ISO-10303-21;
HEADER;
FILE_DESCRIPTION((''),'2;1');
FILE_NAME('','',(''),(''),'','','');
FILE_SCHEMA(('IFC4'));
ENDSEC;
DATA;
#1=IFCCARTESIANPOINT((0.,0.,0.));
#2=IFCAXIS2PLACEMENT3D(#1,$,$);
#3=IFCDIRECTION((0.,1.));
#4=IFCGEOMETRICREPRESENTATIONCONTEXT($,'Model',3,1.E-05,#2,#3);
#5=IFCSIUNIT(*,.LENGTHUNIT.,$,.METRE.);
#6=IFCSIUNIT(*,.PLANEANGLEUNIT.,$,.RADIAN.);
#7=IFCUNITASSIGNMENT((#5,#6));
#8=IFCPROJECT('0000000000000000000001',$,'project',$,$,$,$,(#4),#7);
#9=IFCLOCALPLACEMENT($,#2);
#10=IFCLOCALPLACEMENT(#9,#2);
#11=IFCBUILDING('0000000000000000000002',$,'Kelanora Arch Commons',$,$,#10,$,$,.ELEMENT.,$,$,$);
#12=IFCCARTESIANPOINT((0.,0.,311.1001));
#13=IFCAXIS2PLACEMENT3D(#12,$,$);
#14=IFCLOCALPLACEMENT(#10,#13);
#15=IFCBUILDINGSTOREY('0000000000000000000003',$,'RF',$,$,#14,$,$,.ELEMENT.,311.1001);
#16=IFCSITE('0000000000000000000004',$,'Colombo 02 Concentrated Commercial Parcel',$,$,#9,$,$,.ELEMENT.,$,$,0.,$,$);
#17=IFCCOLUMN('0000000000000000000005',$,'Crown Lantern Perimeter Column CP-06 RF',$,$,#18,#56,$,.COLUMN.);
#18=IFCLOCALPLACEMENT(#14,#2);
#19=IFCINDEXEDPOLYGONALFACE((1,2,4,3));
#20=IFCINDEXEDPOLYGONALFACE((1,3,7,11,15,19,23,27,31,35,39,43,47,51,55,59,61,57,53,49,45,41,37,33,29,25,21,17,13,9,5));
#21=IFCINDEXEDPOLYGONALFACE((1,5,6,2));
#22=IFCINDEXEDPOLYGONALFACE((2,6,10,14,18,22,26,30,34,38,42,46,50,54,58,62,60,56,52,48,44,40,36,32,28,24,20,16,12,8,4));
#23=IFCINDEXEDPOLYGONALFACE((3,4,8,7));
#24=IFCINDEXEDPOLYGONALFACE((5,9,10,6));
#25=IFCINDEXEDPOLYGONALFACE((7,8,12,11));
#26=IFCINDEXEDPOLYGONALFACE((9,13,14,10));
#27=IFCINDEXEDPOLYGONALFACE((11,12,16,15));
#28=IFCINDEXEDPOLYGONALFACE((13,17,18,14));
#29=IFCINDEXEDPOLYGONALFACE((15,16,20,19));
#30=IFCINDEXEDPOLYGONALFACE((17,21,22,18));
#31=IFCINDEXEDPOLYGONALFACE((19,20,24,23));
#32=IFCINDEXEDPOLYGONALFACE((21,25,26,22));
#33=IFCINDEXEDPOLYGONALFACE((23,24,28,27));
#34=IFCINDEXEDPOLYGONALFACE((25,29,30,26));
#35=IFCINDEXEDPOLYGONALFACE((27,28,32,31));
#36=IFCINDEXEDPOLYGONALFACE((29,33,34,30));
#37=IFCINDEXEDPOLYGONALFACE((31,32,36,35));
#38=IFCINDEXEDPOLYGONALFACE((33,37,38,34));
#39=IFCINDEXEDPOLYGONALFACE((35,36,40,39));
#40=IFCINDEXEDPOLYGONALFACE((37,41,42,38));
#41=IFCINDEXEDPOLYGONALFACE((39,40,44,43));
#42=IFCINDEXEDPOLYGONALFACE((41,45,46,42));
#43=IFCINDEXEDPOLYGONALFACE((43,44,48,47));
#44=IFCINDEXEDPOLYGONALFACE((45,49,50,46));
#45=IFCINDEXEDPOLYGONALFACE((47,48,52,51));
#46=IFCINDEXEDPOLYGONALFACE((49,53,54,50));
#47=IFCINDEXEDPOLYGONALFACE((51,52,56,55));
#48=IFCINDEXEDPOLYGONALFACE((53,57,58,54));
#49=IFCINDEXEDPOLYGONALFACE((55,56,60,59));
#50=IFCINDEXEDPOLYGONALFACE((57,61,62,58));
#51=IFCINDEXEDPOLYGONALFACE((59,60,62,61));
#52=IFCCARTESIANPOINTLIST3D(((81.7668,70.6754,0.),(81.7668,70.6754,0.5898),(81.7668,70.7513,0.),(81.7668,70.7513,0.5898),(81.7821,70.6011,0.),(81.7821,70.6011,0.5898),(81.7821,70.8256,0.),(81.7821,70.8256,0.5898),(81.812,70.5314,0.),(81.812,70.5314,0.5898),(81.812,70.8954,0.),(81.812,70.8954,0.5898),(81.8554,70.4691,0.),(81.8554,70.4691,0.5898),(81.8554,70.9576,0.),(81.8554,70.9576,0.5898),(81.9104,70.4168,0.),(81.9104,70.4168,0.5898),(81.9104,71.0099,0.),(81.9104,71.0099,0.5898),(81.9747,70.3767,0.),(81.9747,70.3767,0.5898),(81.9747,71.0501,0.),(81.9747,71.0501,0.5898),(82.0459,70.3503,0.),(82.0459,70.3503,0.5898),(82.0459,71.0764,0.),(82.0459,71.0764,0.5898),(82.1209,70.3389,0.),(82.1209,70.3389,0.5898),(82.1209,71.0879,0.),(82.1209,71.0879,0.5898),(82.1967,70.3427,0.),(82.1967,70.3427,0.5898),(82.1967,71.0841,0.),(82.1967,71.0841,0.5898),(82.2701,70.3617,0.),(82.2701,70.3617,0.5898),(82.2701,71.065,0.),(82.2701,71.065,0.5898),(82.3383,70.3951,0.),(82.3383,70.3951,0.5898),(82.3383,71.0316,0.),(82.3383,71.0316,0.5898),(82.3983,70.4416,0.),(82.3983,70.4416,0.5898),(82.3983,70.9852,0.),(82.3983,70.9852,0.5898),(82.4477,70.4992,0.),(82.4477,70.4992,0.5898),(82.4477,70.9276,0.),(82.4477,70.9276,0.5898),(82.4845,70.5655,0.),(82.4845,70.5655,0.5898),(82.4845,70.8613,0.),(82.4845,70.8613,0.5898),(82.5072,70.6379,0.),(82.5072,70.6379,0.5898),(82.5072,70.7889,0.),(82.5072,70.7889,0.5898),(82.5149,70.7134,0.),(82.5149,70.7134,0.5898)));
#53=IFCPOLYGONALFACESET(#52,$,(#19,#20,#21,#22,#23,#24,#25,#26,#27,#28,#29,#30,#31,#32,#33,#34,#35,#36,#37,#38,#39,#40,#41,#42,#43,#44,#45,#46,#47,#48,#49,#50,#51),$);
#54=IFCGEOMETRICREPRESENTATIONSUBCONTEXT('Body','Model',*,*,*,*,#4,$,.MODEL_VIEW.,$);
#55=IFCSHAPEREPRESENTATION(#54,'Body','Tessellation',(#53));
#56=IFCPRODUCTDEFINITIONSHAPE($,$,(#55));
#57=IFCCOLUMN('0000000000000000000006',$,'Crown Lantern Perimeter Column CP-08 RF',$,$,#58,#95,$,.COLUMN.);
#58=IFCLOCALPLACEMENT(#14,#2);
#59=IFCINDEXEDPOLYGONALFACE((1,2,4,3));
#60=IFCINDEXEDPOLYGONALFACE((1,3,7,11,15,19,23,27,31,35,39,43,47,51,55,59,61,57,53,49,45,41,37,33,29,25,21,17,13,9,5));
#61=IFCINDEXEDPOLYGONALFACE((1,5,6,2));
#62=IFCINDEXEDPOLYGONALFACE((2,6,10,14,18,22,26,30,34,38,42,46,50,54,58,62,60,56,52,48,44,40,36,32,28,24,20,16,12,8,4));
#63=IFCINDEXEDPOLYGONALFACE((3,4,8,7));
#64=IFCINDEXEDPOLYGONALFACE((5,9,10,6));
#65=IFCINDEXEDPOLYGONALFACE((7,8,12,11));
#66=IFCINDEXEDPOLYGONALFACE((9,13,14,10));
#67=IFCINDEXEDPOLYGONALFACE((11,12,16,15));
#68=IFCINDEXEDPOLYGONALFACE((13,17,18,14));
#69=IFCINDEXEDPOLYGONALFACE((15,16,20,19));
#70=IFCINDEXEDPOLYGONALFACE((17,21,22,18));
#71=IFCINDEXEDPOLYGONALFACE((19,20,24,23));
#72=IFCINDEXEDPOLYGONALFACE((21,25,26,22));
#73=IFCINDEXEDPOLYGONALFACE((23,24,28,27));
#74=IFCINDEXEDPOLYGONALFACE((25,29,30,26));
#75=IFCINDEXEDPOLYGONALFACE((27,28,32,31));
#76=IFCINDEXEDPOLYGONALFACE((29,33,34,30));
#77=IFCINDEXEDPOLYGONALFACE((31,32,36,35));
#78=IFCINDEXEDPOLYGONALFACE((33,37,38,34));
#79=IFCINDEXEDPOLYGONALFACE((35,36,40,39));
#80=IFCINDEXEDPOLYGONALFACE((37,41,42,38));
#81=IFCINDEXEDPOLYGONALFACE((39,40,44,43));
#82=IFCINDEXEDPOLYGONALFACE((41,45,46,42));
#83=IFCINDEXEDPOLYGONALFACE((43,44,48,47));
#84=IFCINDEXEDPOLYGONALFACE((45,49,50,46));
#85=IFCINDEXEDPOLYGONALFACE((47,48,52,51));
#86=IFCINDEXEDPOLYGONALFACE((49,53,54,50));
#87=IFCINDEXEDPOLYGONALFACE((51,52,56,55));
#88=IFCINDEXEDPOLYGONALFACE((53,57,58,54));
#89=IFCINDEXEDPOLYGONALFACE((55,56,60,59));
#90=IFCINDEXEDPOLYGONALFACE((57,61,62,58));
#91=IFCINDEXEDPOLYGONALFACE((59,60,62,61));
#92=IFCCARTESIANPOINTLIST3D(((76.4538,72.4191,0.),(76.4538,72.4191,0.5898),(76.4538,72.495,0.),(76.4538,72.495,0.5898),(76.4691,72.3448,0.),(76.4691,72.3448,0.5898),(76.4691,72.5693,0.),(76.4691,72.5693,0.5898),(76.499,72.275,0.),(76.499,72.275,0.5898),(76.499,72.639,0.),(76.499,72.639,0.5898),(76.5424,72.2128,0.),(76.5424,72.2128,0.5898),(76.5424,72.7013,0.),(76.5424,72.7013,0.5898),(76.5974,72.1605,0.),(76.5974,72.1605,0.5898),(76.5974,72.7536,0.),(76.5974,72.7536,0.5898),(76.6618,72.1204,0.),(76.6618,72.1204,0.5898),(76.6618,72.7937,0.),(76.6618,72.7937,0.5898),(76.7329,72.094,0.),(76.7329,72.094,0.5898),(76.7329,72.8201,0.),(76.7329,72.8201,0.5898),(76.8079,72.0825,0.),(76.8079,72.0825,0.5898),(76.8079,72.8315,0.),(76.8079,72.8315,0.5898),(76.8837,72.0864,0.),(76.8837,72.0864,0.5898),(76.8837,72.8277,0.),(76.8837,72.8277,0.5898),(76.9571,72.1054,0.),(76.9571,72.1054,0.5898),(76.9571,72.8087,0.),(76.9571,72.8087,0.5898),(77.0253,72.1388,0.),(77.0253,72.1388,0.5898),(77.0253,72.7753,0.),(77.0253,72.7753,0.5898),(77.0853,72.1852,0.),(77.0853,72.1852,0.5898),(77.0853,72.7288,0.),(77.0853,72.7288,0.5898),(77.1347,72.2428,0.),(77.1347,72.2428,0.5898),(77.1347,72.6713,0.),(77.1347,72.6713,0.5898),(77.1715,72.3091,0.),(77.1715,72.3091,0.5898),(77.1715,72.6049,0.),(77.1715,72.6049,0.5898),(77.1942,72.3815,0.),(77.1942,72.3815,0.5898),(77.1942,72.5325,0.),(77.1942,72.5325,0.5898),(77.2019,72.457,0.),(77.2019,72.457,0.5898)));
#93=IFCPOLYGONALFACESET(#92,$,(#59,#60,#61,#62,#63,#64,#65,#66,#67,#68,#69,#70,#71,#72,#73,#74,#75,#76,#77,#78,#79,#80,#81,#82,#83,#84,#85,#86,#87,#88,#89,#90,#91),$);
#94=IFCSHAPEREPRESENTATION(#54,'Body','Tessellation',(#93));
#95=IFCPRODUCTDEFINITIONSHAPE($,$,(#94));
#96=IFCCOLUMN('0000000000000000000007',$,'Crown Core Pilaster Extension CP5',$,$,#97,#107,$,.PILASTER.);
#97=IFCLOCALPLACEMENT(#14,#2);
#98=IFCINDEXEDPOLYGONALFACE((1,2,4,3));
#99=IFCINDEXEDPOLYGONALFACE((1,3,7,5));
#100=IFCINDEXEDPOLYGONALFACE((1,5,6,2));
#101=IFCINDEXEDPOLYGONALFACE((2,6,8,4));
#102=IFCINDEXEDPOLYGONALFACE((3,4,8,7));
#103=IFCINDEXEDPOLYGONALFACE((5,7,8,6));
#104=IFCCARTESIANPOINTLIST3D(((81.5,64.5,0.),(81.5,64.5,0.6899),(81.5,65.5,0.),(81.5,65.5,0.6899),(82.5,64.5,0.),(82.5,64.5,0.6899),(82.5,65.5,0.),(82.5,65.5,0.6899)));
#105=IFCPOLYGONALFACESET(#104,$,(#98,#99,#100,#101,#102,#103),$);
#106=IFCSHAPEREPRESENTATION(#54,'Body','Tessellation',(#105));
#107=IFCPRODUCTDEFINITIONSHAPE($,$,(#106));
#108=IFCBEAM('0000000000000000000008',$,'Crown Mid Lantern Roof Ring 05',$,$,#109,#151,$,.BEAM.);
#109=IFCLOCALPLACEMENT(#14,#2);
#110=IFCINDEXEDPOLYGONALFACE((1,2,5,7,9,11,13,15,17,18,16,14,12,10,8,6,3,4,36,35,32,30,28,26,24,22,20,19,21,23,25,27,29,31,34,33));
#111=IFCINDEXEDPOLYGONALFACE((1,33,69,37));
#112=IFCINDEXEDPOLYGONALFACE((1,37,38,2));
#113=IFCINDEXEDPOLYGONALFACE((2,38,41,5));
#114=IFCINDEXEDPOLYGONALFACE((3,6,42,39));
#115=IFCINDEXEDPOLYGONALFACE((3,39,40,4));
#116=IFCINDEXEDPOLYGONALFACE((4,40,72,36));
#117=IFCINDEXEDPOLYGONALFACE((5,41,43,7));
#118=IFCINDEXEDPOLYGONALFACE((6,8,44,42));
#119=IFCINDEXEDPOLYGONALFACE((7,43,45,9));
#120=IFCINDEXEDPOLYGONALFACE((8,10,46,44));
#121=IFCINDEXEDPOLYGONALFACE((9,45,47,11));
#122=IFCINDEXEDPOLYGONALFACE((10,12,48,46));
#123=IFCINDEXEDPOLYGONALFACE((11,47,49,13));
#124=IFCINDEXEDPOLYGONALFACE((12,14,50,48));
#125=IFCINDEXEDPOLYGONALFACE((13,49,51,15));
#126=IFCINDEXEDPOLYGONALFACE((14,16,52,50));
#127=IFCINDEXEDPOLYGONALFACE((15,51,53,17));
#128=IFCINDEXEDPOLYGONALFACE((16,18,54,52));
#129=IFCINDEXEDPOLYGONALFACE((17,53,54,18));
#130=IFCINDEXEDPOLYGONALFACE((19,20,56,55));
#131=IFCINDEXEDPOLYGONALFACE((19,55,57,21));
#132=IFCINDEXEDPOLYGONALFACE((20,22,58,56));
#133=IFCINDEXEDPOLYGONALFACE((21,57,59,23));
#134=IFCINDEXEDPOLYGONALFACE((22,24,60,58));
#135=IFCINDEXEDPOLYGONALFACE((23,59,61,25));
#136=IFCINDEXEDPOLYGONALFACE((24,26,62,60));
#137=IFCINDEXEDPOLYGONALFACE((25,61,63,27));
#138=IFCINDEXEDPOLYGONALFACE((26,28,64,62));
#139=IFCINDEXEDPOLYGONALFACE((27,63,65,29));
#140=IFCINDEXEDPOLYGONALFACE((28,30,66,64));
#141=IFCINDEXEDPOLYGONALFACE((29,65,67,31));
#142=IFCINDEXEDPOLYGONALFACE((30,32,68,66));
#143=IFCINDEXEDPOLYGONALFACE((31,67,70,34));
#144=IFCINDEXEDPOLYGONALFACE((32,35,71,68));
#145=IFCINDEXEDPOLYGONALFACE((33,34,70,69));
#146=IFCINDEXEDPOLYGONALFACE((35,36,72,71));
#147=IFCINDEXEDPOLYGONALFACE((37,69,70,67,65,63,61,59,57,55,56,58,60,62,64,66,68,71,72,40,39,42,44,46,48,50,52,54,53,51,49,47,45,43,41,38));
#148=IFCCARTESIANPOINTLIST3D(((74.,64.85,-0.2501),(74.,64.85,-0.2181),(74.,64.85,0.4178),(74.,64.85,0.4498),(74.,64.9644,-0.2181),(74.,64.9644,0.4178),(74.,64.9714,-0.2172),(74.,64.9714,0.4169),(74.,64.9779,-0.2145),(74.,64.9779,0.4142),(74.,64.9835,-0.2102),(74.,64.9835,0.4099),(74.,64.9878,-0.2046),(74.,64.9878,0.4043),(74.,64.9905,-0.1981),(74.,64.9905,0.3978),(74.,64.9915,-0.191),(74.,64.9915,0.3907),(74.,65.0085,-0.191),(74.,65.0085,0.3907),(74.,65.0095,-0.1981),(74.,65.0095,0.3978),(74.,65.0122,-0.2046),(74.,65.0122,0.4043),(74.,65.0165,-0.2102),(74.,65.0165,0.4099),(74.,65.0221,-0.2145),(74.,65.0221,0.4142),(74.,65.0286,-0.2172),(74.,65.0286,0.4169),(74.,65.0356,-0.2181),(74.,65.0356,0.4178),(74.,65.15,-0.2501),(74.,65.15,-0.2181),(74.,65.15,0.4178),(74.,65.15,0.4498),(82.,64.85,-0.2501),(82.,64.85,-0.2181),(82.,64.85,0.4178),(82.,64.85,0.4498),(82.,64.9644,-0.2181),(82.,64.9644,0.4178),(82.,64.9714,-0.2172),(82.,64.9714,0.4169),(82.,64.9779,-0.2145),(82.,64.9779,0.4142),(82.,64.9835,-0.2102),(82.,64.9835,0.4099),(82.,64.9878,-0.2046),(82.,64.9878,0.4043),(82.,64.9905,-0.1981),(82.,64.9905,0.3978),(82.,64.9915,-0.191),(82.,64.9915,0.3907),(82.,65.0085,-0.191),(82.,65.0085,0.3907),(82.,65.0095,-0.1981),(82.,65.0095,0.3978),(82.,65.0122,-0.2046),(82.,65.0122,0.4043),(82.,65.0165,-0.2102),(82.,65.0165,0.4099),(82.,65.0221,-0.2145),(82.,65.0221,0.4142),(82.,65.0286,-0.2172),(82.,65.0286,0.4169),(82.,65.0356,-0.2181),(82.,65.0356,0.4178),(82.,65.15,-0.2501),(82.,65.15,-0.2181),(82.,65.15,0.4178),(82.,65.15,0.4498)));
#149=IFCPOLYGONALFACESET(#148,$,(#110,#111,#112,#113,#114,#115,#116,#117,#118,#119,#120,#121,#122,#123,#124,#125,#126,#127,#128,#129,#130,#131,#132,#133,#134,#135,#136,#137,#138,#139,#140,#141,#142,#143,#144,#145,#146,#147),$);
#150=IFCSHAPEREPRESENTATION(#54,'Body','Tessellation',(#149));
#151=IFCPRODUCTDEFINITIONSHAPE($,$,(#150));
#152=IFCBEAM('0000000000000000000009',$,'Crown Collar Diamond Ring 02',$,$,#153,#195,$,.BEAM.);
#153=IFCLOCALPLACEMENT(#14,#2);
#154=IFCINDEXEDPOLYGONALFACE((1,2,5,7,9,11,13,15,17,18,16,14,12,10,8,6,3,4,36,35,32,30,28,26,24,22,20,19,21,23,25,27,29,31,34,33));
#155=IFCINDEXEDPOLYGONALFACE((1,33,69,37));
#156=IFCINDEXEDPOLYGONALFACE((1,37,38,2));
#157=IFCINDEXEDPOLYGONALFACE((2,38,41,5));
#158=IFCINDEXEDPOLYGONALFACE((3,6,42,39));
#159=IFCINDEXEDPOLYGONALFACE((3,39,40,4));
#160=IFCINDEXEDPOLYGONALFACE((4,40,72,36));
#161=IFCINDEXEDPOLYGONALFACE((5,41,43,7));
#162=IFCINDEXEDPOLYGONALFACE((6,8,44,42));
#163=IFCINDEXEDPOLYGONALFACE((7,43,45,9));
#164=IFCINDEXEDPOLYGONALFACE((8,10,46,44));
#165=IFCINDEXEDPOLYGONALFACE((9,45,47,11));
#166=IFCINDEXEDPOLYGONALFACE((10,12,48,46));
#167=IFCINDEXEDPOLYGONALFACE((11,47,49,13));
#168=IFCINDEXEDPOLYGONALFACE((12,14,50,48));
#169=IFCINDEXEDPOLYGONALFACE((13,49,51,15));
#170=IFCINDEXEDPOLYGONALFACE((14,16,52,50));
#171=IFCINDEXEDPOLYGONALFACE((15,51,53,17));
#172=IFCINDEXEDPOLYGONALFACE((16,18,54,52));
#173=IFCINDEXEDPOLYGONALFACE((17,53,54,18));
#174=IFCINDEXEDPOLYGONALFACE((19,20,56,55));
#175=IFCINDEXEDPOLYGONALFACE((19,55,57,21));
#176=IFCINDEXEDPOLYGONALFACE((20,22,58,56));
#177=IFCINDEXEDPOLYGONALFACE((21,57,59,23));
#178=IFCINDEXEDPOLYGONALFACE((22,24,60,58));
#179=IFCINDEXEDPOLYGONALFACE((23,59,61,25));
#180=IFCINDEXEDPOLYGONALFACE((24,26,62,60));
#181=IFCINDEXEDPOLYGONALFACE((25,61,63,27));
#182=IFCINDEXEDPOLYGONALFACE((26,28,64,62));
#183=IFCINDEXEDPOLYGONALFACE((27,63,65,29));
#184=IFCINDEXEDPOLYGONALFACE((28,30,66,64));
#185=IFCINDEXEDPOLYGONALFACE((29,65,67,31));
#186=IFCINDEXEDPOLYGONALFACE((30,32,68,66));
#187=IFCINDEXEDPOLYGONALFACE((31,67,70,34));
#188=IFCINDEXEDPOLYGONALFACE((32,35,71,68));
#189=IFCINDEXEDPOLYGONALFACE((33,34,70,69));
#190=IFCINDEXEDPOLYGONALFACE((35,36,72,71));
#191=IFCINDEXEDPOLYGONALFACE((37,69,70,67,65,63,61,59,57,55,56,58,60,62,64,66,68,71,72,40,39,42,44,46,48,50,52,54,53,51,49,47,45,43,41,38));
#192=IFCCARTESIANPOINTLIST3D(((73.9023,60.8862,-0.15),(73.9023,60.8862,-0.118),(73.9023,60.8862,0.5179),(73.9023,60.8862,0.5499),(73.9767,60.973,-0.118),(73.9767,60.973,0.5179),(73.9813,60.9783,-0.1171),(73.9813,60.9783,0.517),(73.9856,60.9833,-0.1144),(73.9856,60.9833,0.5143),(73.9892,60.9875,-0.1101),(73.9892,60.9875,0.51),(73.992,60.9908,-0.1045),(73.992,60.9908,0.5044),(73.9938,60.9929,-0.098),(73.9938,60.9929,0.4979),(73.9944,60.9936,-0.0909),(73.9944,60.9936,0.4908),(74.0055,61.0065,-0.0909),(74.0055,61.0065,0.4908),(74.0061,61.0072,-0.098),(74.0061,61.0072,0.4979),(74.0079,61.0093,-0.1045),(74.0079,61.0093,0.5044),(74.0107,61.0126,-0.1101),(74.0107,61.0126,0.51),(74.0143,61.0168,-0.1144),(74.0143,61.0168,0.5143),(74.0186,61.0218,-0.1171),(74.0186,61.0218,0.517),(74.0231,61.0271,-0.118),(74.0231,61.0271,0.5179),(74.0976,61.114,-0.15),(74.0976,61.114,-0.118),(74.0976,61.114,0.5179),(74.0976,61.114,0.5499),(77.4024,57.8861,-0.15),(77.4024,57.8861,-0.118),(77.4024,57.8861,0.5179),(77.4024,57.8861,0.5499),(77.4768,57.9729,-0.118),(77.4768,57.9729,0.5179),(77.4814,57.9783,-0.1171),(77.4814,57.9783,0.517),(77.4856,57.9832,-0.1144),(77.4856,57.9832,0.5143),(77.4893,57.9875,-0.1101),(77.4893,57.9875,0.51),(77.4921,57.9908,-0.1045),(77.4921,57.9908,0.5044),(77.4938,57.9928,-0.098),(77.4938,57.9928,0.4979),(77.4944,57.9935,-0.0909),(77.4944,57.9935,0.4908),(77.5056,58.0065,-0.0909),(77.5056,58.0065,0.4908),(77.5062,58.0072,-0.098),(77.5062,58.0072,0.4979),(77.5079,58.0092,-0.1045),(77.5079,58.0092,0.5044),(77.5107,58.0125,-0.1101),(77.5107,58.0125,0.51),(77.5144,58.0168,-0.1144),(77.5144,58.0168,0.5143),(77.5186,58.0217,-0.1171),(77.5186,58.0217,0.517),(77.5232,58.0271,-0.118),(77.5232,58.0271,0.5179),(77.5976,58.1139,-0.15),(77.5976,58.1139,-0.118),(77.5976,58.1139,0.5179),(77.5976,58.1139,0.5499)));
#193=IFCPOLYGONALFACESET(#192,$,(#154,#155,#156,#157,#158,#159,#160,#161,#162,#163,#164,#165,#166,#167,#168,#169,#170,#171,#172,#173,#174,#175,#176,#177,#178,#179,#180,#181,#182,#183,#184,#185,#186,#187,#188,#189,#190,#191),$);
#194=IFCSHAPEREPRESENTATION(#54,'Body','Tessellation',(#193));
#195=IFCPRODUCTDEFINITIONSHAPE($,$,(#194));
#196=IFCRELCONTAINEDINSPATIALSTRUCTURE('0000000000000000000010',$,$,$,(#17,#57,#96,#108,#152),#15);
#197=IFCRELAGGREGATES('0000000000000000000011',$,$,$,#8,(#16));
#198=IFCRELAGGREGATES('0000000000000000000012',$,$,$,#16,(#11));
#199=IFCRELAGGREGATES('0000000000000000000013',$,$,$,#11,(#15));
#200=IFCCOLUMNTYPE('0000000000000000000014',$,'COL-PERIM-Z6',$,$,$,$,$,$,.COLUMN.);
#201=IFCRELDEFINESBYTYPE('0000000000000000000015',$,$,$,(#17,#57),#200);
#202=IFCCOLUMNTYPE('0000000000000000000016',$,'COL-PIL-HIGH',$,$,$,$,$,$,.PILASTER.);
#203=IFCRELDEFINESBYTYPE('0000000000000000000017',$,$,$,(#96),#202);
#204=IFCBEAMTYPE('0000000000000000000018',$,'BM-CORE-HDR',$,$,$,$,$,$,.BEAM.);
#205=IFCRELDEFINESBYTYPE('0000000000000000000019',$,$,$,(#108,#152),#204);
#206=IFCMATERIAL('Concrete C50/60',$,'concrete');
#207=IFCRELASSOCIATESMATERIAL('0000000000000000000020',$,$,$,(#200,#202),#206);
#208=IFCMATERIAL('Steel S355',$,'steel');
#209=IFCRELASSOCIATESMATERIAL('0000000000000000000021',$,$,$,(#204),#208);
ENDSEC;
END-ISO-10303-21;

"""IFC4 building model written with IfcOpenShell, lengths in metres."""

from ifc_helpers import new_model, si_unit, direction, frame, origin, origin_2d, place, context, subcontext, project, spatial, rectangle, circle, i_section, extrude, material, material_profile, profile_set, type_object, element, save


model = new_model("IFC4")

# Units and contexts
model_context = context("Model", 3, precision=1e-05, world=origin(), true_north=direction((0.0, 1.0)))
body_context = subcontext(model_context, "Body", "Model", "MODEL_VIEW")
ifc_project = project(units=[si_unit("LENGTHUNIT", "METRE"), si_unit("PLANEANGLEUNIT", "RADIAN")], contexts=[model_context])

# Site, building, storey
site_placement = place(None, origin())
site = spatial("IfcSite", under=ifc_project, at=site_placement, Name="Colombo 02 Concentrated Commercial Parcel", CompositionType="ELEMENT", RefElevation=0.0)
building_placement = place(site_placement, origin())
building = spatial("IfcBuilding", under=site, at=building_placement, Name="Kelanora Arch Commons", CompositionType="ELEMENT")
storey_placement = place(building_placement, frame((0.0, 0.0, 311.1001)))
storey = spatial("IfcBuildingStorey", under=building, at=storey_placement, Name="RF", CompositionType="ELEMENT", Elevation=311.1001)

# Columns
ifc_material_1 = material(Name="Concrete C50/60", Category="concrete")
ifc_material_profile_1 = material_profile(ifc_material_1, circle(Radius=0.375, at=origin_2d()), Name="RCC750")
ifc_profile_set_1 = profile_set([ifc_material_profile_1], Name="Concrete C50/60")
column_type_1 = type_object("IfcColumnType", Name="COL-PERIM-Z6", PredefinedType="COLUMN", material=ifc_profile_set_1)
for number, where, z_axis, x_axis, name in (
    (1, (82.1399, 70.7134, 0.0), (0.0, 0.0, 1.0), (1.0, 0.0, 0.0), "Crown Lantern Perimeter Column CP-06 RF"),
    (2, (76.8269, 72.457, 0.0), (0.0, 0.0, 1.0), (1.0, 0.0, 0.0), "Crown Lantern Perimeter Column CP-08 RF"),
):
    element("IfcColumn", number, at=place(storey_placement, frame(where, z_axis=z_axis, x_axis=x_axis)), inside=storey, type_object=column_type_1, Name=name, PredefinedType="COLUMN", context=body_context, shape_type="SweptSolid", body=[
        extrude(circle(Radius=0.375, at=origin_2d()), origin(), (0.0, 0.0, 1.0), 0.5898),
    ])
ifc_material_profile_2 = material_profile(ifc_material_1, rectangle(XDim=1.0, YDim=1.0, at=origin_2d()), Name="RC1000x1000")
ifc_profile_set_2 = profile_set([ifc_material_profile_2], Name="Concrete C50/60")
column_type_2 = type_object("IfcColumnType", Name="COL-PIL-HIGH", PredefinedType="PILASTER", material=ifc_profile_set_2)
column_placement = place(storey_placement, frame((82.0, 65.0, 0.0), z_axis=(0.0, 0.0, 1.0), x_axis=(1.0, 0.0, 0.0)))
element("IfcColumn", 3, at=column_placement, inside=storey, type_object=column_type_2, Name="Crown Core Pilaster Extension CP5", PredefinedType="PILASTER", context=body_context, shape_type="SweptSolid", body=[
    extrude(rectangle(XDim=1.0, YDim=1.0, at=origin_2d()), origin(), (0.0, 0.0, 1.0), 0.6899),
])

# Beams
ifc_material_2 = material(Name="Steel S355", Category="steel")
ifc_material_profile_3 = material_profile(ifc_material_2, i_section(OverallWidth=0.3, OverallDepth=0.7, WebThickness=0.0171, FlangeThickness=0.032, FilletRadius=0.0271, at=origin_2d()), Name="HEB700")
ifc_profile_set_3 = profile_set([ifc_material_profile_3], Name="Steel S355")
beam_type_1 = type_object("IfcBeamType", Name="BM-CORE-HDR", PredefinedType="BEAM", material=ifc_profile_set_3)
beam_1_placement = place(storey_placement, frame((82.0, 65.0, 0.0999), z_axis=(-1.0, 0.0, 0.0), x_axis=(0.0, -1.0, 0.0)))
element("IfcBeam", 4, at=beam_1_placement, inside=storey, type_object=beam_type_1, Name="Crown Mid Lantern Roof Ring 05", PredefinedType="BEAM", context=body_context, shape_type="SweptSolid", body=[
    extrude(i_section(OverallWidth=0.3, OverallDepth=0.7, WebThickness=0.0171, FlangeThickness=0.032, FilletRadius=0.0271, at=origin_2d()), origin(), (0.0, 0.0, 1.0), 8.0),
])
beam_2_placement = place(storey_placement, frame((77.5, 58.0, 0.2), z_axis=(-0.759257, 0.650791, 0.0), x_axis=(-0.650791, -0.759257, 0.0)))
element("IfcBeam", 5, at=beam_2_placement, inside=storey, type_object=beam_type_1, Name="Crown Collar Diamond Ring 02", PredefinedType="BEAM", context=body_context, shape_type="SweptSolid", body=[
    extrude(i_section(OverallWidth=0.3, OverallDepth=0.7, WebThickness=0.0171, FlangeThickness=0.032, FilletRadius=0.0271, at=origin_2d()), origin(), (0.0, 0.0, 1.0), 4.6099),
])

save(model, "model.ifc")
